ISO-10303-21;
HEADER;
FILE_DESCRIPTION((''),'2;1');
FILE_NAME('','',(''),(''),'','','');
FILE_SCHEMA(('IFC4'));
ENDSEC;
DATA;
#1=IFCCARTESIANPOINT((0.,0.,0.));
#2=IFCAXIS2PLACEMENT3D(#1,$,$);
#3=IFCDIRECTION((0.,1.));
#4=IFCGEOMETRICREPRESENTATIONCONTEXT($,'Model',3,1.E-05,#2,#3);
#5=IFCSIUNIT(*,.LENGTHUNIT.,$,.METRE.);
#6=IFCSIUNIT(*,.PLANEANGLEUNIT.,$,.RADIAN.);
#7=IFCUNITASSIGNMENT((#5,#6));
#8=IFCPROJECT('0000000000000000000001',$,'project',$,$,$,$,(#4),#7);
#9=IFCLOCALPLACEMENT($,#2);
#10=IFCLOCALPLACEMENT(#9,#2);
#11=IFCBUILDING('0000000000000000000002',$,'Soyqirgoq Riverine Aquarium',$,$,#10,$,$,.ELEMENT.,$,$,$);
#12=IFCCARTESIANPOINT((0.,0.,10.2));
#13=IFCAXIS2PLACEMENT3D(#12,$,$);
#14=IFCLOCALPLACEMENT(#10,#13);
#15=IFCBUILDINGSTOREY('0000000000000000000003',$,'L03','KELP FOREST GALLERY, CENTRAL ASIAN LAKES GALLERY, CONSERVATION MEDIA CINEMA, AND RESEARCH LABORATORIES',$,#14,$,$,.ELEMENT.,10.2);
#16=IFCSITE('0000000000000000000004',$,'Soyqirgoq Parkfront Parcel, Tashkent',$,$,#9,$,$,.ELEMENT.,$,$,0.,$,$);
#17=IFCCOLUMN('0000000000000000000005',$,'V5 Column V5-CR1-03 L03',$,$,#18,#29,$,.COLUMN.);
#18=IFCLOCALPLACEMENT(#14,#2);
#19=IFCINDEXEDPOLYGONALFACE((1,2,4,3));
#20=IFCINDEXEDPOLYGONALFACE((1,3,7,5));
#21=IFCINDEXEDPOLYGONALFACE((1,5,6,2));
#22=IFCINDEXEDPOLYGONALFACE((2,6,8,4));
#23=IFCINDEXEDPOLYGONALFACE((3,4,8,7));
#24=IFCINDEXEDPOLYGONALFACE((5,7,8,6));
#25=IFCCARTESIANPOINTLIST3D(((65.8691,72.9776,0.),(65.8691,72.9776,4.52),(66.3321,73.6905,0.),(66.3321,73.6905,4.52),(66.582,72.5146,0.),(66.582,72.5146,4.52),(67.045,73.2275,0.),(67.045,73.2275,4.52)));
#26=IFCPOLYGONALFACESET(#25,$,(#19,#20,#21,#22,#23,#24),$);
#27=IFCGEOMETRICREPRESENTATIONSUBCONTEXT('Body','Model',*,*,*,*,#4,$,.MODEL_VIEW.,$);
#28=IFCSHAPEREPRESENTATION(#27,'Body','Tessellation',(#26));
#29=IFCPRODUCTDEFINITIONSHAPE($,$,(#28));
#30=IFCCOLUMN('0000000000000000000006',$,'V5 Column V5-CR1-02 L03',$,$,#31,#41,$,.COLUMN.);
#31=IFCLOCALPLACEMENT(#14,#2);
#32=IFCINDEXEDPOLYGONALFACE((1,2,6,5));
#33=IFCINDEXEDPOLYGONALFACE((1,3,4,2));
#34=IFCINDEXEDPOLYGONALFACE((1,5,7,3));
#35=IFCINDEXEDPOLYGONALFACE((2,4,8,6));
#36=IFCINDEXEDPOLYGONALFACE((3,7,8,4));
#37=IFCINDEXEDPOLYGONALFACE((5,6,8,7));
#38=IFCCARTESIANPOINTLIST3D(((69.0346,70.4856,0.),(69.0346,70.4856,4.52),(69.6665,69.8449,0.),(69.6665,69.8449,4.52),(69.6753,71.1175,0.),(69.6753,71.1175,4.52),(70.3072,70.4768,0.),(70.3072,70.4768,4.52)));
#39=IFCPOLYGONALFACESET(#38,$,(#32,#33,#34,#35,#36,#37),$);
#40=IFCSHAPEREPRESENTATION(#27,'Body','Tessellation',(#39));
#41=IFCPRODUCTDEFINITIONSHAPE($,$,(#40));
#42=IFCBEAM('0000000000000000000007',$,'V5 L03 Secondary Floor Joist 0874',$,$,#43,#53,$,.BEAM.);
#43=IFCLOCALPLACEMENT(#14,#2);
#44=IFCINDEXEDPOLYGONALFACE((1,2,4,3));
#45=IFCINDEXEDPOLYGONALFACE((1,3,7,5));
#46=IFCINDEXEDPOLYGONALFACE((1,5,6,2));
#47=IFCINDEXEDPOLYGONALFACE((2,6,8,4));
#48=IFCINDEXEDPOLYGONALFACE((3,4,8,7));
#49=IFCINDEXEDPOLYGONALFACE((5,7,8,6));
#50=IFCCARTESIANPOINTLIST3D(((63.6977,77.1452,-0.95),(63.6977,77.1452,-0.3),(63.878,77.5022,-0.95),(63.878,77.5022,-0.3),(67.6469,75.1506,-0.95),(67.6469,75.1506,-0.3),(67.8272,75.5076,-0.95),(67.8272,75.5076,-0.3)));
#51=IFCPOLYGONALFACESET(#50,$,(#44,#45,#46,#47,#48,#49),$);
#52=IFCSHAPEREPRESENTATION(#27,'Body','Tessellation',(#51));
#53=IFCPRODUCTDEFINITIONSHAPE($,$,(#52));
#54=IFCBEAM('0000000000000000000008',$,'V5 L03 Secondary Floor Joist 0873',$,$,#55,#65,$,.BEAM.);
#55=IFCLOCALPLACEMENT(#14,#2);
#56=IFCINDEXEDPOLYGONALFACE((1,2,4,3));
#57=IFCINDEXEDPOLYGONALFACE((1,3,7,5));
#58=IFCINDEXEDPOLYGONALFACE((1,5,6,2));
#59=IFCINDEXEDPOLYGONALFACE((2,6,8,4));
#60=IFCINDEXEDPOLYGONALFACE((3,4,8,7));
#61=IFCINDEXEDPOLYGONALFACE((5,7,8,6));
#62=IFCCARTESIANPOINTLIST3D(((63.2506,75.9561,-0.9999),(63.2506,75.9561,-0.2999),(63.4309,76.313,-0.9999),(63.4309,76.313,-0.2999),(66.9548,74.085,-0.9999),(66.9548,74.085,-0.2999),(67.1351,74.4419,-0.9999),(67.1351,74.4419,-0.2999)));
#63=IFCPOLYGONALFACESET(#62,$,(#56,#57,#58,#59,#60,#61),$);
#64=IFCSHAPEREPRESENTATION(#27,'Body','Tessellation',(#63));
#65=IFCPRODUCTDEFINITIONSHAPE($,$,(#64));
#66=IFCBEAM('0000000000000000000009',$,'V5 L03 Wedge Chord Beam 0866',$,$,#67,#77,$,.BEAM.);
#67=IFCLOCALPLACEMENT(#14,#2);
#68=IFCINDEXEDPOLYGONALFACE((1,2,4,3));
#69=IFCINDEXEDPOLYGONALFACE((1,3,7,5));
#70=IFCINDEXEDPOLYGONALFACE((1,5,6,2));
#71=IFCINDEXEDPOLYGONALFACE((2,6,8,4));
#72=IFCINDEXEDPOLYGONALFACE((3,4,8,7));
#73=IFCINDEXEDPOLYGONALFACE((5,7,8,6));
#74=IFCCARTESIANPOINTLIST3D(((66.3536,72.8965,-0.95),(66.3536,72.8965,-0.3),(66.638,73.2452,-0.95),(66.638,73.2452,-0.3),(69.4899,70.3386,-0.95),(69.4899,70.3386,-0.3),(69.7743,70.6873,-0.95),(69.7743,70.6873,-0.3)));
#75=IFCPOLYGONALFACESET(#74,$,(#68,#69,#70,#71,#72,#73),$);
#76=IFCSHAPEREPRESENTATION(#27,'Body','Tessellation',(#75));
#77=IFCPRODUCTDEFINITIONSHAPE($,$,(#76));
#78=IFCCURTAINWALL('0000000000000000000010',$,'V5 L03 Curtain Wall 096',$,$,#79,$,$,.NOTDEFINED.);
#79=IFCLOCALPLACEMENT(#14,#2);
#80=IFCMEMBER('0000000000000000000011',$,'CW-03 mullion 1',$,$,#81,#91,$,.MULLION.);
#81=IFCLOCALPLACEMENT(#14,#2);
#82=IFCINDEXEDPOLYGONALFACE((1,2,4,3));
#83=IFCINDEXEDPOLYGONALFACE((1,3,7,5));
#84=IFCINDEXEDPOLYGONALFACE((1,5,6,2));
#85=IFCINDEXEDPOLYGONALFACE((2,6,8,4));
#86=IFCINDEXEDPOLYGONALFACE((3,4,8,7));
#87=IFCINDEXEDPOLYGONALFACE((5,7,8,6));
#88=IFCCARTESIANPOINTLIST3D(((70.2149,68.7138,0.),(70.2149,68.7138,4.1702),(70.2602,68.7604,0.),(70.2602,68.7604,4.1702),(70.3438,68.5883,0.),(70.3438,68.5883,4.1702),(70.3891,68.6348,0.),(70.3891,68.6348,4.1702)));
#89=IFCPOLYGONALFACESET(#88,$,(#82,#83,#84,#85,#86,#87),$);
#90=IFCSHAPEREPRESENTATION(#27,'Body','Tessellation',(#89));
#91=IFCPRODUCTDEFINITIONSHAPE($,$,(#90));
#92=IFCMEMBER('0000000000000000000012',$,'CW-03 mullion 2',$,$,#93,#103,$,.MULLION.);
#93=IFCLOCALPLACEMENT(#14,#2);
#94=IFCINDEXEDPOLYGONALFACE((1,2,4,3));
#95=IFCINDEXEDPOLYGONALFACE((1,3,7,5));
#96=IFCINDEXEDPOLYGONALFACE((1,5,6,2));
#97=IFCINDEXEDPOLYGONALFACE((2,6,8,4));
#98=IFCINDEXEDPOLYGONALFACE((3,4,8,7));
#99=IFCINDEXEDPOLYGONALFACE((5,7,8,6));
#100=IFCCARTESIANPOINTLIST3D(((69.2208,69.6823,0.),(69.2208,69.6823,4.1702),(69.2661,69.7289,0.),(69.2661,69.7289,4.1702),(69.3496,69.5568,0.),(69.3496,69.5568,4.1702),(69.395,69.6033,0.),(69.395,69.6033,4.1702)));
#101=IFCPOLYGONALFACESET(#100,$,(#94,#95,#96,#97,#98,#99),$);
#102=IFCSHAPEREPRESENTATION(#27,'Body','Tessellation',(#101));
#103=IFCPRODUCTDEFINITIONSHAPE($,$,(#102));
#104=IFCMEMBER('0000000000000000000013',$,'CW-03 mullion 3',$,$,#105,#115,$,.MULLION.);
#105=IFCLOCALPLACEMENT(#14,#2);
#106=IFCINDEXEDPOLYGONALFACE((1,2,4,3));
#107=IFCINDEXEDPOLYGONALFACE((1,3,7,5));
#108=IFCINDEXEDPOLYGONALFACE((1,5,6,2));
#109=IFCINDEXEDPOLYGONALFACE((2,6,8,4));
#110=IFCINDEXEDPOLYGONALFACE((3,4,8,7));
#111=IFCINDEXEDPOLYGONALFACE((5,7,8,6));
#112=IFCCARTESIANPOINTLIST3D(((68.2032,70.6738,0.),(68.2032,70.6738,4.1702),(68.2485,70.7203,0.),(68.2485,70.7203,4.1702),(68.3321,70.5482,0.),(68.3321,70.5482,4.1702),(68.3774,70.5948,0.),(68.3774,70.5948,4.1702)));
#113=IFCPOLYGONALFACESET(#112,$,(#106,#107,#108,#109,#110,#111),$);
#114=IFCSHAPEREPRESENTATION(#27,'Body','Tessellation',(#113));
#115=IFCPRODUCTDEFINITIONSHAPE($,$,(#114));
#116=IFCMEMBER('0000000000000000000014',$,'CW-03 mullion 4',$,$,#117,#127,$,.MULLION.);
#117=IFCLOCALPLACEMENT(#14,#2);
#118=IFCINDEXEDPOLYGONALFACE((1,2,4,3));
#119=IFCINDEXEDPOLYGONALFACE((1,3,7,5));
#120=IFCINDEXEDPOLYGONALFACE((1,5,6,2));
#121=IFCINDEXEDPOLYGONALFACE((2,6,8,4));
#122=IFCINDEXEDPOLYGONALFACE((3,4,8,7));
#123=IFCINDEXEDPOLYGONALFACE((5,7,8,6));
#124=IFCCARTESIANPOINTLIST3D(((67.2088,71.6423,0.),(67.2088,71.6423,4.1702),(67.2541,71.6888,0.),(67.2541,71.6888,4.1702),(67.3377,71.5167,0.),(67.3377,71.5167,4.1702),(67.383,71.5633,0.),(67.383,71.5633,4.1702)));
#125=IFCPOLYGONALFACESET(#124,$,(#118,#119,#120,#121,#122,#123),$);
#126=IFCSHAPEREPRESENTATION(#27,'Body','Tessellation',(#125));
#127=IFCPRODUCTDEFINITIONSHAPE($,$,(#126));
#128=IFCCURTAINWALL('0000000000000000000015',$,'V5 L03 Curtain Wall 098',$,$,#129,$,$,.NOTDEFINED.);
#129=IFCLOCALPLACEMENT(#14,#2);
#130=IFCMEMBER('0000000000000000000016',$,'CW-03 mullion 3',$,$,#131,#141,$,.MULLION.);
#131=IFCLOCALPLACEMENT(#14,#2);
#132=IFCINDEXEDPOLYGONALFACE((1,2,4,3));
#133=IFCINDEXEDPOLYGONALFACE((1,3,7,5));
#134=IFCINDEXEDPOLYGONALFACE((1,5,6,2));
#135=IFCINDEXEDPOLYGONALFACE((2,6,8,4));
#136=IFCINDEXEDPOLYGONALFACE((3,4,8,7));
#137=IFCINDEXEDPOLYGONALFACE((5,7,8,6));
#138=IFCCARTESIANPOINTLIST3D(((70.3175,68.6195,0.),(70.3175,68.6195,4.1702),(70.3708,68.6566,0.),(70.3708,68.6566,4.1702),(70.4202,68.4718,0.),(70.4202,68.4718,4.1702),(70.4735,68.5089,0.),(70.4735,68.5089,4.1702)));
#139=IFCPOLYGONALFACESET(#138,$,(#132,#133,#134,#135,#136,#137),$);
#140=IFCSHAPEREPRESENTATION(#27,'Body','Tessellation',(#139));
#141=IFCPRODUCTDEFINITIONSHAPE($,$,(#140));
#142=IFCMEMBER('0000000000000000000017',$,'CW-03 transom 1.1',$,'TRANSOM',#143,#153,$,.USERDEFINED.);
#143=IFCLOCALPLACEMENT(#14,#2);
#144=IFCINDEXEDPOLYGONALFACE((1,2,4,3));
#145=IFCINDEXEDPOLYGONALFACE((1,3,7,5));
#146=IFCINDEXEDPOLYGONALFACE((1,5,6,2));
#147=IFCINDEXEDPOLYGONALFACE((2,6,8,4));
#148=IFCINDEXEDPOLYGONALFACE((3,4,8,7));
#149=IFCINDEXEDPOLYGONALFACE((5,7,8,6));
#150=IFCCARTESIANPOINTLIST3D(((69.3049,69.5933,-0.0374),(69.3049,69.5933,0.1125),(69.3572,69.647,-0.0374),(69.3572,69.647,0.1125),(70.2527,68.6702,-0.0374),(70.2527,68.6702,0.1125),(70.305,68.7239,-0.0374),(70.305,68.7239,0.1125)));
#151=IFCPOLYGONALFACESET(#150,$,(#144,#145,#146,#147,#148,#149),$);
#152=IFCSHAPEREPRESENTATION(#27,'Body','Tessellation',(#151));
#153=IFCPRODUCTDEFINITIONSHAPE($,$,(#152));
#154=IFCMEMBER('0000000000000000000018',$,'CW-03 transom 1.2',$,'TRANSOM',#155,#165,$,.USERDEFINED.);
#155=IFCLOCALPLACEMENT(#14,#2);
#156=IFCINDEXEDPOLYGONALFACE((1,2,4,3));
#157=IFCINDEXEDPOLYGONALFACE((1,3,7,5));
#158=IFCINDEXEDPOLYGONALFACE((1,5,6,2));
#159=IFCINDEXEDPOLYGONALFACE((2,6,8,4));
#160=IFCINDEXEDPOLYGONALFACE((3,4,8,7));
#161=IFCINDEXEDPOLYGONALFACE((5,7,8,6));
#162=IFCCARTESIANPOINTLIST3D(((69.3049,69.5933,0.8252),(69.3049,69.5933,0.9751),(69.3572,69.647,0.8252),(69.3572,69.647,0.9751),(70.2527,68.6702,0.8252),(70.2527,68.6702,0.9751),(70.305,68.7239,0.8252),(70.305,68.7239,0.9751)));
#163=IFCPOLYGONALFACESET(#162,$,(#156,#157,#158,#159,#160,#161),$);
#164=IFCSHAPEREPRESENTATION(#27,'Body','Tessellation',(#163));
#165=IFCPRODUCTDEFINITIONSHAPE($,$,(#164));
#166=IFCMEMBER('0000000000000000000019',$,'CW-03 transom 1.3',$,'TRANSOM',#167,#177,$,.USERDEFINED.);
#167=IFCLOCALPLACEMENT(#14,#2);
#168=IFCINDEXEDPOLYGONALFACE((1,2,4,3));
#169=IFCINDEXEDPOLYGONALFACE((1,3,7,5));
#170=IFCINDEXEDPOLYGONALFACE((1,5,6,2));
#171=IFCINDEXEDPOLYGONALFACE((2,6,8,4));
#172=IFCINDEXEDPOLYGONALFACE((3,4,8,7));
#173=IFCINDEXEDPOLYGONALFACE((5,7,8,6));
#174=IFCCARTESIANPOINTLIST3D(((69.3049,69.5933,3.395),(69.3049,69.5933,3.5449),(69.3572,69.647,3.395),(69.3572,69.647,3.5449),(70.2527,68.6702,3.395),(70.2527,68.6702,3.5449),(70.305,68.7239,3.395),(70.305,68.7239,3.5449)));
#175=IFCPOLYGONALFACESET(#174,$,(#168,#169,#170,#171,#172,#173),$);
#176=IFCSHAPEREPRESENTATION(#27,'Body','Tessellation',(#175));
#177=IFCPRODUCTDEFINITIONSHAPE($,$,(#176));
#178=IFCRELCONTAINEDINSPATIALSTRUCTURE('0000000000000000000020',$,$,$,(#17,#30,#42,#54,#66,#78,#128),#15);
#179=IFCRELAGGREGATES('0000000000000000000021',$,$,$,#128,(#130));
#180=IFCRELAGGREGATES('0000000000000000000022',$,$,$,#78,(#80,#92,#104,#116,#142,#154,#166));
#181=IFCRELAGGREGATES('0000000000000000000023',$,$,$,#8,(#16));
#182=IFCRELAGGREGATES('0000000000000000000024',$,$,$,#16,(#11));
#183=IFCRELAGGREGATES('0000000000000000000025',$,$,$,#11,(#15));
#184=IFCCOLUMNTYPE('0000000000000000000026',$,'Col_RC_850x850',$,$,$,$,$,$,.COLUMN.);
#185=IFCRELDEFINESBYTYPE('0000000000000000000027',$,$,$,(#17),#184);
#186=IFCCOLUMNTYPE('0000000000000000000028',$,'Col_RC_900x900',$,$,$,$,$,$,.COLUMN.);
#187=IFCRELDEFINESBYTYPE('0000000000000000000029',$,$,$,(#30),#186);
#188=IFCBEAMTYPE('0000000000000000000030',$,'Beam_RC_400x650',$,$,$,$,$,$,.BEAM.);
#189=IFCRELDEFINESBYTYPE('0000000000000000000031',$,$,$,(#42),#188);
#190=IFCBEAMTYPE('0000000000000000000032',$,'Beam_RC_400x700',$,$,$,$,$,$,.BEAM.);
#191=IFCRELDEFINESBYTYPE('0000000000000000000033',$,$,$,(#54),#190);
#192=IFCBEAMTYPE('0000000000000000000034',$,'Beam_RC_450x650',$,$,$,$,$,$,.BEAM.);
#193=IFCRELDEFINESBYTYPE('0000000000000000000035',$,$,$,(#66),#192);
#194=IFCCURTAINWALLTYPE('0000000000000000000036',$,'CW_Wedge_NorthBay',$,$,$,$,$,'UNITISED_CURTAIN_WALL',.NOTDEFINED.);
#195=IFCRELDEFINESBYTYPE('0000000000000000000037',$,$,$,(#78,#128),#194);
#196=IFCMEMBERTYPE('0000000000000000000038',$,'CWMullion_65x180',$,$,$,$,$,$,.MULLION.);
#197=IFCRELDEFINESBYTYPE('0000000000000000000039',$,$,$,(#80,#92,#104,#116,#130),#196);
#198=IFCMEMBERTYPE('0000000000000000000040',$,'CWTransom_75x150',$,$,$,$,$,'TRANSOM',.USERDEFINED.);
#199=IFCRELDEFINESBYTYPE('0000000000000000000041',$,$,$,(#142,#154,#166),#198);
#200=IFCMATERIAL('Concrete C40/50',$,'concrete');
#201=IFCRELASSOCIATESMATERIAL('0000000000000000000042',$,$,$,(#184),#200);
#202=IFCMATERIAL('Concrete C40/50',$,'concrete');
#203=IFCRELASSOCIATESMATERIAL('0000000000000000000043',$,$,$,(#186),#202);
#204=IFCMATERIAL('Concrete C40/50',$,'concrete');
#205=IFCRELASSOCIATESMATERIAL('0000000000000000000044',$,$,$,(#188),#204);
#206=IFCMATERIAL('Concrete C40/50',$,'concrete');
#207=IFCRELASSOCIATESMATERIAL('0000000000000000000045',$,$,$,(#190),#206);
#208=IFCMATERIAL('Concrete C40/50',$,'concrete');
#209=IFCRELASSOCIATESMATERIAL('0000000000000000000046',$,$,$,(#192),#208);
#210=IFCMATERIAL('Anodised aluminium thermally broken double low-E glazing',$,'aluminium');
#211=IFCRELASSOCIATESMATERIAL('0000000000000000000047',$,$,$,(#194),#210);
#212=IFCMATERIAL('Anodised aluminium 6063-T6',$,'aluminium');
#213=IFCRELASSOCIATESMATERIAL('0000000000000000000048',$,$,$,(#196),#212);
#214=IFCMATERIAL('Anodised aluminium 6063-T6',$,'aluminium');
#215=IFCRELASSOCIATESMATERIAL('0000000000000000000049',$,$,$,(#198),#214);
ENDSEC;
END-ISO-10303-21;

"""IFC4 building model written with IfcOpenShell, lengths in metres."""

from ifc_helpers import new_model, si_unit, direction, frame, origin, origin_2d, place, context, subcontext, project, spatial, rectangle, extrude, material, material_profile, profile_set, type_object, element, aggregate, save


model = new_model("IFC4")

# Units and contexts
model_context = context("Model", 3, precision=1e-05, world=origin(), true_north=direction((0.0, 1.0)))
body_context = subcontext(model_context, "Body", "Model", "MODEL_VIEW")
ifc_project = project(units=[si_unit("LENGTHUNIT", "METRE"), si_unit("PLANEANGLEUNIT", "RADIAN")], contexts=[model_context])

# Site, building, storey
site_placement = place(None, origin())
site = spatial("IfcSite", under=ifc_project, at=site_placement, Name="Soyqirgoq Parkfront Parcel, Tashkent", CompositionType="ELEMENT", RefElevation=0.0)
building_placement = place(site_placement, origin())
building = spatial("IfcBuilding", under=site, at=building_placement, Name="Soyqirgoq Riverine Aquarium", CompositionType="ELEMENT")
storey_placement = place(building_placement, frame((0.0, 0.0, 10.2)))
storey = spatial("IfcBuildingStorey", under=building, at=storey_placement, Name="L03", Description="KELP FOREST GALLERY, CENTRAL ASIAN LAKES GALLERY, CONSERVATION MEDIA CINEMA, AND RESEARCH LABORATORIES", CompositionType="ELEMENT", Elevation=10.2)

# Columns
ifc_material_1 = material(Name="Concrete C40/50", Category="concrete")
ifc_material_profile_1 = material_profile(ifc_material_1, rectangle(XDim=0.8501, YDim=0.8501, at=origin_2d()), Name="RC 850x850")
ifc_profile_set_1 = profile_set([ifc_material_profile_1], Name="Concrete C40/50")
column_type_1 = type_object("IfcColumnType", Name="Col_RC_850x850", PredefinedType="COLUMN", material=ifc_profile_set_1)
column_1_placement = place(storey_placement, frame((66.457, 73.1025, 0.0), z_axis=(0.0, 0.0, 1.0), x_axis=(0.544639, 0.838671, 0.0)))
element("IfcColumn", 1, at=column_1_placement, inside=storey, type_object=column_type_1, Name="V5 Column V5-CR1-03 L03", PredefinedType="COLUMN", context=body_context, shape_type="SweptSolid", body=[
    extrude(rectangle(XDim=0.8501, YDim=0.8501, at=origin_2d()), origin(), (0.0, 0.0, 1.0), 4.52),
])
ifc_material_2 = material(Name="Concrete C40/50", Category="concrete")
ifc_material_profile_2 = material_profile(ifc_material_2, rectangle(XDim=0.8999, YDim=0.8999, at=origin_2d()), Name="RC 900x900")
ifc_profile_set_2 = profile_set([ifc_material_profile_2], Name="Concrete C40/50")
column_type_2 = type_object("IfcColumnType", Name="Col_RC_900x900", PredefinedType="COLUMN", material=ifc_profile_set_2)
column_2_placement = place(storey_placement, frame((69.6709, 70.4812, 0.0), z_axis=(0.0, 0.0, 1.0), x_axis=(0.712026, 0.702153, 0.0)))
element("IfcColumn", 2, at=column_2_placement, inside=storey, type_object=column_type_2, Name="V5 Column V5-CR1-02 L03", PredefinedType="COLUMN", context=body_context, shape_type="SweptSolid", body=[
    extrude(rectangle(XDim=0.8999, YDim=0.8999, at=origin_2d()), origin(), (0.0, 0.0, 1.0), 4.52),
])

# Beams
ifc_material_3 = material(Name="Concrete C40/50", Category="concrete")
ifc_material_profile_3 = material_profile(ifc_material_3, rectangle(XDim=0.3999, YDim=0.6499, at=origin_2d()), Name="RC 400x650")
ifc_profile_set_3 = profile_set([ifc_material_profile_3], Name="Concrete C40/50")
beam_type_1 = type_object("IfcBeamType", Name="Beam_RC_400x650", PredefinedType="BEAM", material=ifc_profile_set_3)
beam_1_placement = place(storey_placement, frame((67.7371, 75.3291, -0.625), z_axis=(-0.89261, 0.45083, 0.0), x_axis=(-0.45083, -0.89261, 0.0)))
element("IfcBeam", 3, at=beam_1_placement, inside=storey, type_object=beam_type_1, Name="V5 L03 Secondary Floor Joist 0874", PredefinedType="BEAM", context=body_context, shape_type="SweptSolid", body=[
    extrude(rectangle(XDim=0.3999, YDim=0.6499, at=origin_2d()), origin(), (0.0, 0.0, 1.0), 4.4243),
])
ifc_material_4 = material(Name="Concrete C40/50", Category="concrete")
ifc_material_profile_4 = material_profile(ifc_material_4, rectangle(XDim=0.3999, YDim=0.7, at=origin_2d()), Name="RC 400x700")
ifc_profile_set_4 = profile_set([ifc_material_profile_4], Name="Concrete C40/50")
beam_type_2 = type_object("IfcBeamType", Name="Beam_RC_400x700", PredefinedType="BEAM", material=ifc_profile_set_4)
beam_2_placement = place(storey_placement, frame((67.0449, 74.2634, -0.6499), z_axis=(-0.892584, 0.450881, 0.0), x_axis=(-0.450881, -0.892584, 0.0)))
element("IfcBeam", 4, at=beam_2_placement, inside=storey, type_object=beam_type_2, Name="V5 L03 Secondary Floor Joist 0873", PredefinedType="BEAM", context=body_context, shape_type="SweptSolid", body=[
    extrude(rectangle(XDim=0.3999, YDim=0.7, at=origin_2d()), origin(), (0.0, 0.0, 1.0), 4.1499),
])
ifc_material_5 = material(Name="Concrete C40/50", Category="concrete")
ifc_material_profile_5 = material_profile(ifc_material_5, rectangle(XDim=0.45, YDim=0.6499, at=origin_2d()), Name="RC 450x650")
ifc_profile_set_5 = profile_set([ifc_material_profile_5], Name="Concrete C40/50")
beam_type_3 = type_object("IfcBeamType", Name="Beam_RC_450x650", PredefinedType="BEAM", material=ifc_profile_set_5)
beam_3_placement = place(storey_placement, frame((69.6321, 70.5129, -0.625), z_axis=(-0.774943, 0.632031, 0.0), x_axis=(-0.632031, -0.774943, 0.0)))
element("IfcBeam", 5, at=beam_3_placement, inside=storey, type_object=beam_type_3, Name="V5 L03 Wedge Chord Beam 0866", PredefinedType="BEAM", context=body_context, shape_type="SweptSolid", body=[
    extrude(rectangle(XDim=0.45, YDim=0.6499, at=origin_2d()), origin(), (0.0, 0.0, 1.0), 4.0471),
])

# Curtain wall, members
ifc_material_6 = material(Name="Anodised aluminium thermally broken double low-E glazing", Category="aluminium")
curtain_wall_type = type_object("IfcCurtainWallType", Name="CW_Wedge_NorthBay", ElementType="UNITISED_CURTAIN_WALL", PredefinedType="NOTDEFINED", material=ifc_material_6)
curtain_wall_1_placement = place(storey_placement, origin())
curtain_wall_1 = element("IfcCurtainWall", 6, at=curtain_wall_1_placement, inside=storey, type_object=curtain_wall_type, Name="V5 L03 Curtain Wall 096", PredefinedType="NOTDEFINED")
ifc_material_7 = material(Name="Anodised aluminium 6063-T6", Category="aluminium")
ifc_material_profile_6 = material_profile(ifc_material_7, rectangle(XDim=0.0649, YDim=0.1799, at=origin_2d()), Name="ALU-M 65x180")
ifc_profile_set_6 = profile_set([ifc_material_profile_6], Name="Anodised aluminium 6063-T6")
member_type_1 = type_object("IfcMemberType", Name="CWMullion_65x180", PredefinedType="MULLION", material=ifc_profile_set_6)
member_1_placement = place(storey_placement, frame((70.302, 68.6743, 0.0), z_axis=(0.0, 0.0, 1.0), x_axis=(-0.69779, -0.716303, 0.0)))
member_1 = element("IfcMember", 7, at=member_1_placement, type_object=member_type_1, Name="CW-03 mullion 1", PredefinedType="MULLION", context=body_context, shape_type="SweptSolid", body=[
    extrude(rectangle(XDim=0.0649, YDim=0.1799, at=origin_2d()), origin(), (0.0, 0.0, 1.0), 4.1702),
])
member_2_placement = place(storey_placement, frame((69.3079, 69.6428, 0.0), z_axis=(0.0, 0.0, 1.0), x_axis=(-0.69779, -0.716303, 0.0)))
member_2 = element("IfcMember", 8, at=member_2_placement, type_object=member_type_1, Name="CW-03 mullion 2", PredefinedType="MULLION", context=body_context, shape_type="SweptSolid", body=[
    extrude(rectangle(XDim=0.0649, YDim=0.1799, at=origin_2d()), origin(), (0.0, 0.0, 1.0), 4.1702),
])
member_3_placement = place(storey_placement, frame((68.2903, 70.6343, 0.0), z_axis=(0.0, 0.0, 1.0), x_axis=(-0.69779, -0.716303, 0.0)))
member_3 = element("IfcMember", 9, at=member_3_placement, type_object=member_type_1, Name="CW-03 mullion 3", PredefinedType="MULLION", context=body_context, shape_type="SweptSolid", body=[
    extrude(rectangle(XDim=0.0649, YDim=0.1799, at=origin_2d()), origin(), (0.0, 0.0, 1.0), 4.1702),
])
member_4_placement = place(storey_placement, frame((67.2959, 71.6028, 0.0), z_axis=(0.0, 0.0, 1.0), x_axis=(-0.69779, -0.716303, 0.0)))
member_4 = element("IfcMember", 10, at=member_4_placement, type_object=member_type_1, Name="CW-03 mullion 4", PredefinedType="MULLION", context=body_context, shape_type="SweptSolid", body=[
    extrude(rectangle(XDim=0.0649, YDim=0.1799, at=origin_2d()), origin(), (0.0, 0.0, 1.0), 4.1702),
])

# Curtain wall, member
curtain_wall_2_placement = place(storey_placement, origin())
curtain_wall_2 = element("IfcCurtainWall", 11, at=curtain_wall_2_placement, inside=storey, type_object=curtain_wall_type, Name="V5 L03 Curtain Wall 098", PredefinedType="NOTDEFINED")
member_5_placement = place(storey_placement, frame((70.3955, 68.5642, 0.0), z_axis=(0.0, 0.0, 1.0), x_axis=(-0.820956, -0.570992, 0.0)))
member_5 = element("IfcMember", 12, at=member_5_placement, type_object=member_type_1, Name="CW-03 mullion 3", PredefinedType="MULLION", context=body_context, shape_type="SweptSolid", body=[
    extrude(rectangle(XDim=0.0649, YDim=0.1799, at=origin_2d()), origin(), (0.0, 0.0, 1.0), 4.1702),
])
aggregate(curtain_wall_2, [member_5])

# Members
ifc_material_8 = material(Name="Anodised aluminium 6063-T6", Category="aluminium")
ifc_material_profile_7 = material_profile(ifc_material_8, rectangle(XDim=0.075, YDim=0.1499, at=origin_2d()), Name="ALU-T 75x150")
ifc_profile_set_7 = profile_set([ifc_material_profile_7], Name="Anodised aluminium 6063-T6")
member_type_2 = type_object("IfcMemberType", Name="CWTransom_75x150", ElementType="TRANSOM", PredefinedType="USERDEFINED", material=ifc_profile_set_7)
member_6_placement = place(storey_placement, frame((70.2788, 68.697, 0.0376), z_axis=(-0.716364, 0.697726, 0.0), x_axis=(-0.697726, -0.716364, 0.0)))
member_6 = element("IfcMember", 13, at=member_6_placement, type_object=member_type_2, Name="CW-03 transom 1.1", ObjectType="TRANSOM", PredefinedType="USERDEFINED", context=body_context, shape_type="SweptSolid", body=[
    extrude(rectangle(XDim=0.075, YDim=0.1499, at=origin_2d()), origin(), (0.0, 0.0, 1.0), 1.323),
])
member_7_placement = place(storey_placement, frame((70.2788, 68.697, 0.9001), z_axis=(-0.716364, 0.697726, 0.0), x_axis=(-0.697726, -0.716364, 0.0)))
member_7 = element("IfcMember", 14, at=member_7_placement, type_object=member_type_2, Name="CW-03 transom 1.2", ObjectType="TRANSOM", PredefinedType="USERDEFINED", context=body_context, shape_type="SweptSolid", body=[
    extrude(rectangle(XDim=0.075, YDim=0.1499, at=origin_2d()), origin(), (0.0, 0.0, 1.0), 1.323),
])
member_8_placement = place(storey_placement, frame((70.2788, 68.697, 3.47), z_axis=(-0.716364, 0.697726, 0.0), x_axis=(-0.697726, -0.716364, 0.0)))
member_8 = element("IfcMember", 15, at=member_8_placement, type_object=member_type_2, Name="CW-03 transom 1.3", ObjectType="TRANSOM", PredefinedType="USERDEFINED", context=body_context, shape_type="SweptSolid", body=[
    extrude(rectangle(XDim=0.075, YDim=0.1499, at=origin_2d()), origin(), (0.0, 0.0, 1.0), 1.323),
])

aggregate(curtain_wall_1, [member_1, member_2, member_3, member_4, member_6, member_7, member_8])

save(model, "model.ifc")
